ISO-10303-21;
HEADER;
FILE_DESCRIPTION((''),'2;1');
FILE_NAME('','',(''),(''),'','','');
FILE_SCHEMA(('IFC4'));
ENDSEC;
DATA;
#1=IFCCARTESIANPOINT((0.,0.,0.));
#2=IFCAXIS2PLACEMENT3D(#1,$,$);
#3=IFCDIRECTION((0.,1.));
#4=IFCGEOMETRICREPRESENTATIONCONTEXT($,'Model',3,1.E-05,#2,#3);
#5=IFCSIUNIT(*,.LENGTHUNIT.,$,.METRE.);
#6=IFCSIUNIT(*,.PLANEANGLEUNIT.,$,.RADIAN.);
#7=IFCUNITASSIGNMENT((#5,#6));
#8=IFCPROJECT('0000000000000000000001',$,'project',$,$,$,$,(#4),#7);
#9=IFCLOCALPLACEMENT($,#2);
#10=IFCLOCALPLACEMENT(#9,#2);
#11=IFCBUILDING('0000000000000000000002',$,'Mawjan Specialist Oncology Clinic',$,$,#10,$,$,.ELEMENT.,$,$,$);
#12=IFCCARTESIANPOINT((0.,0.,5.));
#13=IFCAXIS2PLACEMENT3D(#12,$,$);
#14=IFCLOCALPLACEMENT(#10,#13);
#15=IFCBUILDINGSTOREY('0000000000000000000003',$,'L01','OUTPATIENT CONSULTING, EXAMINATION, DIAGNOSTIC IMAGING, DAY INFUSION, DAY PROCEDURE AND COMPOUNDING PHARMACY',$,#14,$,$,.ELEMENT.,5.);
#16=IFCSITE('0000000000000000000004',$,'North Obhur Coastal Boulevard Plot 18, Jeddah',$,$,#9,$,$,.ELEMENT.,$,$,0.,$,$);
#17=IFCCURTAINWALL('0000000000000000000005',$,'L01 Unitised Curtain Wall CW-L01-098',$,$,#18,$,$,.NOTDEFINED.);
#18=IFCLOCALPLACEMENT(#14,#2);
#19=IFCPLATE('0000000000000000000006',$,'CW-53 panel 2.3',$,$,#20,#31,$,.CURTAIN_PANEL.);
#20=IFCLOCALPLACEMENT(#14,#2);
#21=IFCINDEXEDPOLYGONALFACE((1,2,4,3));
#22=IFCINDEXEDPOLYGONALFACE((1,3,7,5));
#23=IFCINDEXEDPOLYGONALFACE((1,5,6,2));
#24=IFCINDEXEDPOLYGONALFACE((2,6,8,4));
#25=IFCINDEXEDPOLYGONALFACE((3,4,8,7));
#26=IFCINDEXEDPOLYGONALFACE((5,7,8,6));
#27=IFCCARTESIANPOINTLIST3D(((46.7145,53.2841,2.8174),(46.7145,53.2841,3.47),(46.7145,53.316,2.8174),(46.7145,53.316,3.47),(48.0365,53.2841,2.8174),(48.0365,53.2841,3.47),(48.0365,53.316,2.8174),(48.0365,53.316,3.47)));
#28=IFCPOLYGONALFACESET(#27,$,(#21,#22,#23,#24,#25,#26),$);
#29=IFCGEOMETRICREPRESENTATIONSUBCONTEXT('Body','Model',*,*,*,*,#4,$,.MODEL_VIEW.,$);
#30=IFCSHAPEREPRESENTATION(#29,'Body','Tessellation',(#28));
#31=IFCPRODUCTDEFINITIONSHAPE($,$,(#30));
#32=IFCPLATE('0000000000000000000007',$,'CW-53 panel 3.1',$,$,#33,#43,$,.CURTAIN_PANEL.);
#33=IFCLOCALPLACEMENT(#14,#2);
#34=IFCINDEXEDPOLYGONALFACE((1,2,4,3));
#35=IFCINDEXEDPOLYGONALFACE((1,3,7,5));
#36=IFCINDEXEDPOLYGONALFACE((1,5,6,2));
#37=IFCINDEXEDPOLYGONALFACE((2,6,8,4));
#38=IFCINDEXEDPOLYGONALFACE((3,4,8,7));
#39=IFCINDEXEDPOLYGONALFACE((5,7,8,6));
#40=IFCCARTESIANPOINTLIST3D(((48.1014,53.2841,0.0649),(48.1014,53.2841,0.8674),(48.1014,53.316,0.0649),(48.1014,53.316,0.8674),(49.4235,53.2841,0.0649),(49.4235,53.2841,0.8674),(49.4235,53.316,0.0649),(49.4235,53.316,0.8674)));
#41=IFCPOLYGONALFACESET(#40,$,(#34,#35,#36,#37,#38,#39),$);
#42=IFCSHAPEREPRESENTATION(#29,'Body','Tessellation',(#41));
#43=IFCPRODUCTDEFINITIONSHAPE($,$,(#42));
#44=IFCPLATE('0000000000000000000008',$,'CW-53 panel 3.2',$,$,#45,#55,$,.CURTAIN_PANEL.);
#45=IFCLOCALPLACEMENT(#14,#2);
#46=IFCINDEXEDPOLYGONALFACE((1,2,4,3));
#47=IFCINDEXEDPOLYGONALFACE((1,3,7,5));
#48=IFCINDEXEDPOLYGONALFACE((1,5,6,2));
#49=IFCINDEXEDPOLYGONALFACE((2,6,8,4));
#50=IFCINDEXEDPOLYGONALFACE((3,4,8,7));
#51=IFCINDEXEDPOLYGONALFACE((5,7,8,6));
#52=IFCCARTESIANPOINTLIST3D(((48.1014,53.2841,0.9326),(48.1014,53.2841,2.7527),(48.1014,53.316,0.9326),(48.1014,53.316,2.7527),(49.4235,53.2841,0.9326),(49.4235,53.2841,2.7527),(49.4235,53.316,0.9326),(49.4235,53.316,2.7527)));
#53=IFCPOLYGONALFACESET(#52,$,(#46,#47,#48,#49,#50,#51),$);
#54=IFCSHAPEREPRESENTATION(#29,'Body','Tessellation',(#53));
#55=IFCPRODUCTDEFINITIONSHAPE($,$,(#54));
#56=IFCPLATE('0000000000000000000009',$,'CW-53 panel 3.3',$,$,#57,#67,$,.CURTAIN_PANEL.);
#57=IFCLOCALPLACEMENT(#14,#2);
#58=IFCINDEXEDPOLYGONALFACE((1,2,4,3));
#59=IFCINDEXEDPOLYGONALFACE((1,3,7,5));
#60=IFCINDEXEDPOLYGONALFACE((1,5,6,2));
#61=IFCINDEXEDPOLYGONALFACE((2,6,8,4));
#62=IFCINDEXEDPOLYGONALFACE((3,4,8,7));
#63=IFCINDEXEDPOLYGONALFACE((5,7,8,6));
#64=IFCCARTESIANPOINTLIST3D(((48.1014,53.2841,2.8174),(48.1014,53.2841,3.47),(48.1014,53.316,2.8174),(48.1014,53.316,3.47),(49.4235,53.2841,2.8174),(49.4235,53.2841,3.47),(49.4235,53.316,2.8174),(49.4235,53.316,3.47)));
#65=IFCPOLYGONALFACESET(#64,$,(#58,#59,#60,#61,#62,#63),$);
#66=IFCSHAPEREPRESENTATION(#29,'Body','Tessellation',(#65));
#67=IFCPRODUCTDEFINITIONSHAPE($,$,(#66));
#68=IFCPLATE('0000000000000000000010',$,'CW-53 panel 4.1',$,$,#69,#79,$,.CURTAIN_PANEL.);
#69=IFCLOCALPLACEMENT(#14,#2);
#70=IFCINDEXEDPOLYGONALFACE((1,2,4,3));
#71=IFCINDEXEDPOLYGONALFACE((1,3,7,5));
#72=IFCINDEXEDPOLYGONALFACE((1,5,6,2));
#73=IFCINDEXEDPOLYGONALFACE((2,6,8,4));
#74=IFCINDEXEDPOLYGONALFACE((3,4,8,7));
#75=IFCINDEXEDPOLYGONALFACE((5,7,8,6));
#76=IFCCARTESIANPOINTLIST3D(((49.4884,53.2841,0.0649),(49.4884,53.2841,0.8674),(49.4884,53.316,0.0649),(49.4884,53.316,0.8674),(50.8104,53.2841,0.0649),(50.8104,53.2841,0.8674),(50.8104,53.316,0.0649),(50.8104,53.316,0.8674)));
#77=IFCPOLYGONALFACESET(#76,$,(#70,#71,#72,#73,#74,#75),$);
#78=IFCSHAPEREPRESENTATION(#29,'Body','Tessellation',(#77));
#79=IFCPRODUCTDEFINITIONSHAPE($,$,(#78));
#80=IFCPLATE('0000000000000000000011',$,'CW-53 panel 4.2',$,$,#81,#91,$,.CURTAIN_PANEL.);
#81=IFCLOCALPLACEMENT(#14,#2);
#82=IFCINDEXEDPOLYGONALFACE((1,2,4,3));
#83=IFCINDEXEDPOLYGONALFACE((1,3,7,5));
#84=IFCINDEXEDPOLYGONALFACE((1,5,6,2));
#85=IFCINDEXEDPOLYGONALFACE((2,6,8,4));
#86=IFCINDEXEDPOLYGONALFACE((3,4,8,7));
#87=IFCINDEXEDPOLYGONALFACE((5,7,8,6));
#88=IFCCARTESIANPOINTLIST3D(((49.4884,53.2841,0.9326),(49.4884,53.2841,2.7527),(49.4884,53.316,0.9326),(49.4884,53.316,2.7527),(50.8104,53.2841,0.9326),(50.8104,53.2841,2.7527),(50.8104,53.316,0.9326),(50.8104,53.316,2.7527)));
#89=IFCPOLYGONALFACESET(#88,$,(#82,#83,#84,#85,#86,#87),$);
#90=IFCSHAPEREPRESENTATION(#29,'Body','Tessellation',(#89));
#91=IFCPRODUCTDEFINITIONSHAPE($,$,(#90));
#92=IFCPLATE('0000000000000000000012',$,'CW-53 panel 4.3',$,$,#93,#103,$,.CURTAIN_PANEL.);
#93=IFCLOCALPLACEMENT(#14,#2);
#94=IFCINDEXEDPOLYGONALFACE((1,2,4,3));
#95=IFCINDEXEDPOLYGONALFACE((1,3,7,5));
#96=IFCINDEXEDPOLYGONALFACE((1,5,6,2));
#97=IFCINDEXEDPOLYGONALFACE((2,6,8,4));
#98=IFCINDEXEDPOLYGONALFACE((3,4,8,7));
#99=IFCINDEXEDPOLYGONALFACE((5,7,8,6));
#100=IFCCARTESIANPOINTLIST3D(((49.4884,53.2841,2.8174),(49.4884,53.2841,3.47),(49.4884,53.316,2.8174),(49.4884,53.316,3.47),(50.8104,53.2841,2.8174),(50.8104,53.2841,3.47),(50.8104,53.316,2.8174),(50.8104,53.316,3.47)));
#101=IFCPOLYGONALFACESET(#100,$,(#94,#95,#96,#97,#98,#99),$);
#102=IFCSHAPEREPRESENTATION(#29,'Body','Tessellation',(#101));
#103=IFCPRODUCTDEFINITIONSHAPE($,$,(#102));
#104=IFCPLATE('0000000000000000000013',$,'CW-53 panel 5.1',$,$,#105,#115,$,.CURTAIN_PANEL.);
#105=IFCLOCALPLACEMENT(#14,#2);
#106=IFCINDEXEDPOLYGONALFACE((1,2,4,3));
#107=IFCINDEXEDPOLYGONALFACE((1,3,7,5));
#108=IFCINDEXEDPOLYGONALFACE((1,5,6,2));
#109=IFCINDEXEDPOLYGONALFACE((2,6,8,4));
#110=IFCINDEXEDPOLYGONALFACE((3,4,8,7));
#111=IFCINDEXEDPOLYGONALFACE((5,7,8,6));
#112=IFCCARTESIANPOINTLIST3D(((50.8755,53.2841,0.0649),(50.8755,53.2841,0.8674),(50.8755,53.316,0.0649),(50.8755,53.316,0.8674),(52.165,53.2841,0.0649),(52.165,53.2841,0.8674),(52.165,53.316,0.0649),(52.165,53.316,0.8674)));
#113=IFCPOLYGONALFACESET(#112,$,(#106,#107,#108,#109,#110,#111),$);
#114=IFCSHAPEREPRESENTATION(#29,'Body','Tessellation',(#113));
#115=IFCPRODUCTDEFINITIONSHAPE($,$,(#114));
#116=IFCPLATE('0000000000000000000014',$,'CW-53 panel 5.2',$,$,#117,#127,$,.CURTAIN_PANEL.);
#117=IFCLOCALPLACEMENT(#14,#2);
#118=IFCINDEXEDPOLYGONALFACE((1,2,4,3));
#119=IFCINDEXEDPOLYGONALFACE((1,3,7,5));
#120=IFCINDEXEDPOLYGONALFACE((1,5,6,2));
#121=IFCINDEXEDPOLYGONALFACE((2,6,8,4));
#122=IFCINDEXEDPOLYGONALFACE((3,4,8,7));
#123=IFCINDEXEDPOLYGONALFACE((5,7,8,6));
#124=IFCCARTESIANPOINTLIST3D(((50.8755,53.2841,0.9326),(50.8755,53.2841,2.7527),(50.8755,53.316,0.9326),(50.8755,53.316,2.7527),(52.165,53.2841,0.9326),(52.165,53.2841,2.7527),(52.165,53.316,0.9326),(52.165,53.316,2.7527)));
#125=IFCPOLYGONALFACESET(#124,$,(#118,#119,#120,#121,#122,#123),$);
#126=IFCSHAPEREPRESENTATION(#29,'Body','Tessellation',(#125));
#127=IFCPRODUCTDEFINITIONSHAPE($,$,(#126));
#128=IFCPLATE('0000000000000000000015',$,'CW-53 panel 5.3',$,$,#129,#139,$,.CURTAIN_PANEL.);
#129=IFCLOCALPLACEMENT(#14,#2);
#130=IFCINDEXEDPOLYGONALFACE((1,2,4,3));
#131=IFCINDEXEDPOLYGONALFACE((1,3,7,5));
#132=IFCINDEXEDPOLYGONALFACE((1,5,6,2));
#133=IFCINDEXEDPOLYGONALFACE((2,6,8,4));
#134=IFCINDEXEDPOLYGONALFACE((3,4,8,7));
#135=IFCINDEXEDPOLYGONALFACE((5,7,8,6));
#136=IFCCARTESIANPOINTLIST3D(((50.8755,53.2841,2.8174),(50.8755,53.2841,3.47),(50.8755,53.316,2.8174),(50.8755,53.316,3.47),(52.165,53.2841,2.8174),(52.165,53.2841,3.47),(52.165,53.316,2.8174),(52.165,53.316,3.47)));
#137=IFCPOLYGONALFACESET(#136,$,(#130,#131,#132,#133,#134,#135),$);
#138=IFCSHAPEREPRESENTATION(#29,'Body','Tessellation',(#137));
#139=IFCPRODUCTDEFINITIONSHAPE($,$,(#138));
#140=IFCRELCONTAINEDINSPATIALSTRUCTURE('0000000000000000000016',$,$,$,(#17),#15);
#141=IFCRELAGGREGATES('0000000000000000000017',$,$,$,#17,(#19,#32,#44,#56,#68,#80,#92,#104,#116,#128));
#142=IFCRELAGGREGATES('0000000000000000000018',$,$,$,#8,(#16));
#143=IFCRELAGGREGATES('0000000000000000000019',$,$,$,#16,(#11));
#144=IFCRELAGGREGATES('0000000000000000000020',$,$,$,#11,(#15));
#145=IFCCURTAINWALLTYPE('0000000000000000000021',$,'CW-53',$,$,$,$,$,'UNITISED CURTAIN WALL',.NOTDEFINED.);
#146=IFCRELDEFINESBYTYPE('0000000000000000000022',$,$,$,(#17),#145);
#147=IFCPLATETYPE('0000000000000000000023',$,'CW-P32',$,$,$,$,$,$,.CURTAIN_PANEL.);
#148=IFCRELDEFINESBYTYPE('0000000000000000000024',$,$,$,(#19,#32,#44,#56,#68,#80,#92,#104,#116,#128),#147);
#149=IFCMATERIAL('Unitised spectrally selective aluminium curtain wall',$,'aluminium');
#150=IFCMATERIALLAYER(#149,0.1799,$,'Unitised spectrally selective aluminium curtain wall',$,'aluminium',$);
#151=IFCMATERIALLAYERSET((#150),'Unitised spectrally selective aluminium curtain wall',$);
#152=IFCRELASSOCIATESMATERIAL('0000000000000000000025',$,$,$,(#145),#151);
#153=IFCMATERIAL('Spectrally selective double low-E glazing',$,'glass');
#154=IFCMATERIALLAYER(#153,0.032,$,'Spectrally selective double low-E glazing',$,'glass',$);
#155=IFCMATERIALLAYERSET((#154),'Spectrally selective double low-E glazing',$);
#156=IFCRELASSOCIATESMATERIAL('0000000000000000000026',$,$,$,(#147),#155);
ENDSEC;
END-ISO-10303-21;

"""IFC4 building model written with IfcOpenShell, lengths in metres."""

from ifc_helpers import new_model, si_unit, direction, frame, origin, origin_2d, place, context, subcontext, project, spatial, rectangle, extrude, material, layer, layer_set, type_object, element, aggregate, save


model = new_model("IFC4")

# Units and contexts
model_context = context("Model", 3, precision=1e-05, world=origin(), true_north=direction((0.0, 1.0)))
body_context = subcontext(model_context, "Body", "Model", "MODEL_VIEW")
ifc_project = project(units=[si_unit("LENGTHUNIT", "METRE"), si_unit("PLANEANGLEUNIT", "RADIAN")], contexts=[model_context])

# Site, building, storey
site_placement = place(None, origin())
site = spatial("IfcSite", under=ifc_project, at=site_placement, Name="North Obhur Coastal Boulevard Plot 18, Jeddah", CompositionType="ELEMENT", RefElevation=0.0)
building_placement = place(site_placement, origin())
building = spatial("IfcBuilding", under=site, at=building_placement, Name="Mawjan Specialist Oncology Clinic", CompositionType="ELEMENT")
storey_placement = place(building_placement, frame((0.0, 0.0, 5.0)))
storey = spatial("IfcBuildingStorey", under=building, at=storey_placement, Name="L01", Description="OUTPATIENT CONSULTING, EXAMINATION, DIAGNOSTIC IMAGING, DAY INFUSION, DAY PROCEDURE AND COMPOUNDING PHARMACY", CompositionType="ELEMENT", Elevation=5.0)

# Curtain wall
ifc_material_1 = material(Name="Unitised spectrally selective aluminium curtain wall", Category="aluminium")
ifc_layer_1 = layer(ifc_material_1, 0.1799, Name="Unitised spectrally selective aluminium curtain wall", Category="aluminium")
ifc_layer_set_1 = layer_set([ifc_layer_1], Name="Unitised spectrally selective aluminium curtain wall")
curtain_wall_type_1 = type_object("IfcCurtainWallType", Name="CW-53", ElementType="UNITISED CURTAIN WALL", PredefinedType="NOTDEFINED", material=ifc_layer_set_1)
curtain_wall_1_placement = place(storey_placement, origin())
curtain_wall_1 = element("IfcCurtainWall", 1, at=curtain_wall_1_placement, inside=storey, type_object=curtain_wall_type_1, Name="L01 Unitised Curtain Wall CW-L01-098", PredefinedType="NOTDEFINED")

# Plates
ifc_material_2 = material(Name="Spectrally selective double low-E glazing", Category="glass")
ifc_layer_2 = layer(ifc_material_2, 0.032, Name="Spectrally selective double low-E glazing", Category="glass")
ifc_layer_set_2 = layer_set([ifc_layer_2], Name="Spectrally selective double low-E glazing")
plate_type = type_object("IfcPlateType", Name="CW-P32", PredefinedType="CURTAIN_PANEL", material=ifc_layer_set_2)
plate_1_placement = place(storey_placement, frame((47.3755, 53.3, 2.8174), z_axis=(0.0, 0.0, 1.0), x_axis=(1.0, 0.0, 0.0)))
plate_1 = element("IfcPlate", 2, at=plate_1_placement, type_object=plate_type, Name="CW-53 panel 2.3", PredefinedType="CURTAIN_PANEL", context=body_context, shape_type="SweptSolid", body=[
    extrude(rectangle(XDim=1.322, YDim=0.032, at=origin_2d()), origin(), (0.0, 0.0, 1.0), 0.6526),
])
plate_2_placement = place(storey_placement, frame((48.7625, 53.3, 0.0649), z_axis=(0.0, 0.0, 1.0), x_axis=(1.0, 0.0, 0.0)))
plate_2 = element("IfcPlate", 3, at=plate_2_placement, type_object=plate_type, Name="CW-53 panel 3.1", PredefinedType="CURTAIN_PANEL", context=body_context, shape_type="SweptSolid", body=[
    extrude(rectangle(XDim=1.322, YDim=0.032, at=origin_2d()), origin(), (0.0, 0.0, 1.0), 0.8025),
])
plate_3_placement = place(storey_placement, frame((48.7625, 53.3, 0.9326), z_axis=(0.0, 0.0, 1.0), x_axis=(1.0, 0.0, 0.0)))
plate_3 = element("IfcPlate", 4, at=plate_3_placement, type_object=plate_type, Name="CW-53 panel 3.2", PredefinedType="CURTAIN_PANEL", context=body_context, shape_type="SweptSolid", body=[
    extrude(rectangle(XDim=1.322, YDim=0.032, at=origin_2d()), origin(), (0.0, 0.0, 1.0), 1.8201),
])
plate_4_placement = place(storey_placement, frame((48.7625, 53.3, 2.8174), z_axis=(0.0, 0.0, 1.0), x_axis=(1.0, 0.0, 0.0)))
plate_4 = element("IfcPlate", 5, at=plate_4_placement, type_object=plate_type, Name="CW-53 panel 3.3", PredefinedType="CURTAIN_PANEL", context=body_context, shape_type="SweptSolid", body=[
    extrude(rectangle(XDim=1.322, YDim=0.032, at=origin_2d()), origin(), (0.0, 0.0, 1.0), 0.6526),
])
plate_5_placement = place(storey_placement, frame((50.1494, 53.3, 0.0649), z_axis=(0.0, 0.0, 1.0), x_axis=(1.0, 0.0, 0.0)))
plate_5 = element("IfcPlate", 6, at=plate_5_placement, type_object=plate_type, Name="CW-53 panel 4.1", PredefinedType="CURTAIN_PANEL", context=body_context, shape_type="SweptSolid", body=[
    extrude(rectangle(XDim=1.322, YDim=0.032, at=origin_2d()), origin(), (0.0, 0.0, 1.0), 0.8025),
])
plate_6_placement = place(storey_placement, frame((50.1494, 53.3, 0.9326), z_axis=(0.0, 0.0, 1.0), x_axis=(1.0, 0.0, 0.0)))
plate_6 = element("IfcPlate", 7, at=plate_6_placement, type_object=plate_type, Name="CW-53 panel 4.2", PredefinedType="CURTAIN_PANEL", context=body_context, shape_type="SweptSolid", body=[
    extrude(rectangle(XDim=1.322, YDim=0.032, at=origin_2d()), origin(), (0.0, 0.0, 1.0), 1.8201),
])
plate_7_placement = place(storey_placement, frame((50.1494, 53.3, 2.8174), z_axis=(0.0, 0.0, 1.0), x_axis=(1.0, 0.0, 0.0)))
plate_7 = element("IfcPlate", 8, at=plate_7_placement, type_object=plate_type, Name="CW-53 panel 4.3", PredefinedType="CURTAIN_PANEL", context=body_context, shape_type="SweptSolid", body=[
    extrude(rectangle(XDim=1.322, YDim=0.032, at=origin_2d()), origin(), (0.0, 0.0, 1.0), 0.6526),
])
plate_8_placement = place(storey_placement, frame((51.5203, 53.3, 0.0649), z_axis=(0.0, 0.0, 1.0), x_axis=(1.0, 0.0, 0.0)))
plate_8 = element("IfcPlate", 9, at=plate_8_placement, type_object=plate_type, Name="CW-53 panel 5.1", PredefinedType="CURTAIN_PANEL", context=body_context, shape_type="SweptSolid", body=[
    extrude(rectangle(XDim=1.2896, YDim=0.032, at=origin_2d()), origin(), (0.0, 0.0, 1.0), 0.8025),
])
plate_9_placement = place(storey_placement, frame((51.5203, 53.3, 0.9326), z_axis=(0.0, 0.0, 1.0), x_axis=(1.0, 0.0, 0.0)))
plate_9 = element("IfcPlate", 10, at=plate_9_placement, type_object=plate_type, Name="CW-53 panel 5.2", PredefinedType="CURTAIN_PANEL", context=body_context, shape_type="SweptSolid", body=[
    extrude(rectangle(XDim=1.2896, YDim=0.032, at=origin_2d()), origin(), (0.0, 0.0, 1.0), 1.8201),
])
plate_10_placement = place(storey_placement, frame((51.5203, 53.3, 2.8174), z_axis=(0.0, 0.0, 1.0), x_axis=(1.0, 0.0, 0.0)))
plate_10 = element("IfcPlate", 11, at=plate_10_placement, type_object=plate_type, Name="CW-53 panel 5.3", PredefinedType="CURTAIN_PANEL", context=body_context, shape_type="SweptSolid", body=[
    extrude(rectangle(XDim=1.2896, YDim=0.032, at=origin_2d()), origin(), (0.0, 0.0, 1.0), 0.6526),
])
aggregate(curtain_wall_1, [plate_1, plate_2, plate_3, plate_4, plate_5, plate_6, plate_7, plate_8, plate_9, plate_10])

save(model, "model.ifc")
